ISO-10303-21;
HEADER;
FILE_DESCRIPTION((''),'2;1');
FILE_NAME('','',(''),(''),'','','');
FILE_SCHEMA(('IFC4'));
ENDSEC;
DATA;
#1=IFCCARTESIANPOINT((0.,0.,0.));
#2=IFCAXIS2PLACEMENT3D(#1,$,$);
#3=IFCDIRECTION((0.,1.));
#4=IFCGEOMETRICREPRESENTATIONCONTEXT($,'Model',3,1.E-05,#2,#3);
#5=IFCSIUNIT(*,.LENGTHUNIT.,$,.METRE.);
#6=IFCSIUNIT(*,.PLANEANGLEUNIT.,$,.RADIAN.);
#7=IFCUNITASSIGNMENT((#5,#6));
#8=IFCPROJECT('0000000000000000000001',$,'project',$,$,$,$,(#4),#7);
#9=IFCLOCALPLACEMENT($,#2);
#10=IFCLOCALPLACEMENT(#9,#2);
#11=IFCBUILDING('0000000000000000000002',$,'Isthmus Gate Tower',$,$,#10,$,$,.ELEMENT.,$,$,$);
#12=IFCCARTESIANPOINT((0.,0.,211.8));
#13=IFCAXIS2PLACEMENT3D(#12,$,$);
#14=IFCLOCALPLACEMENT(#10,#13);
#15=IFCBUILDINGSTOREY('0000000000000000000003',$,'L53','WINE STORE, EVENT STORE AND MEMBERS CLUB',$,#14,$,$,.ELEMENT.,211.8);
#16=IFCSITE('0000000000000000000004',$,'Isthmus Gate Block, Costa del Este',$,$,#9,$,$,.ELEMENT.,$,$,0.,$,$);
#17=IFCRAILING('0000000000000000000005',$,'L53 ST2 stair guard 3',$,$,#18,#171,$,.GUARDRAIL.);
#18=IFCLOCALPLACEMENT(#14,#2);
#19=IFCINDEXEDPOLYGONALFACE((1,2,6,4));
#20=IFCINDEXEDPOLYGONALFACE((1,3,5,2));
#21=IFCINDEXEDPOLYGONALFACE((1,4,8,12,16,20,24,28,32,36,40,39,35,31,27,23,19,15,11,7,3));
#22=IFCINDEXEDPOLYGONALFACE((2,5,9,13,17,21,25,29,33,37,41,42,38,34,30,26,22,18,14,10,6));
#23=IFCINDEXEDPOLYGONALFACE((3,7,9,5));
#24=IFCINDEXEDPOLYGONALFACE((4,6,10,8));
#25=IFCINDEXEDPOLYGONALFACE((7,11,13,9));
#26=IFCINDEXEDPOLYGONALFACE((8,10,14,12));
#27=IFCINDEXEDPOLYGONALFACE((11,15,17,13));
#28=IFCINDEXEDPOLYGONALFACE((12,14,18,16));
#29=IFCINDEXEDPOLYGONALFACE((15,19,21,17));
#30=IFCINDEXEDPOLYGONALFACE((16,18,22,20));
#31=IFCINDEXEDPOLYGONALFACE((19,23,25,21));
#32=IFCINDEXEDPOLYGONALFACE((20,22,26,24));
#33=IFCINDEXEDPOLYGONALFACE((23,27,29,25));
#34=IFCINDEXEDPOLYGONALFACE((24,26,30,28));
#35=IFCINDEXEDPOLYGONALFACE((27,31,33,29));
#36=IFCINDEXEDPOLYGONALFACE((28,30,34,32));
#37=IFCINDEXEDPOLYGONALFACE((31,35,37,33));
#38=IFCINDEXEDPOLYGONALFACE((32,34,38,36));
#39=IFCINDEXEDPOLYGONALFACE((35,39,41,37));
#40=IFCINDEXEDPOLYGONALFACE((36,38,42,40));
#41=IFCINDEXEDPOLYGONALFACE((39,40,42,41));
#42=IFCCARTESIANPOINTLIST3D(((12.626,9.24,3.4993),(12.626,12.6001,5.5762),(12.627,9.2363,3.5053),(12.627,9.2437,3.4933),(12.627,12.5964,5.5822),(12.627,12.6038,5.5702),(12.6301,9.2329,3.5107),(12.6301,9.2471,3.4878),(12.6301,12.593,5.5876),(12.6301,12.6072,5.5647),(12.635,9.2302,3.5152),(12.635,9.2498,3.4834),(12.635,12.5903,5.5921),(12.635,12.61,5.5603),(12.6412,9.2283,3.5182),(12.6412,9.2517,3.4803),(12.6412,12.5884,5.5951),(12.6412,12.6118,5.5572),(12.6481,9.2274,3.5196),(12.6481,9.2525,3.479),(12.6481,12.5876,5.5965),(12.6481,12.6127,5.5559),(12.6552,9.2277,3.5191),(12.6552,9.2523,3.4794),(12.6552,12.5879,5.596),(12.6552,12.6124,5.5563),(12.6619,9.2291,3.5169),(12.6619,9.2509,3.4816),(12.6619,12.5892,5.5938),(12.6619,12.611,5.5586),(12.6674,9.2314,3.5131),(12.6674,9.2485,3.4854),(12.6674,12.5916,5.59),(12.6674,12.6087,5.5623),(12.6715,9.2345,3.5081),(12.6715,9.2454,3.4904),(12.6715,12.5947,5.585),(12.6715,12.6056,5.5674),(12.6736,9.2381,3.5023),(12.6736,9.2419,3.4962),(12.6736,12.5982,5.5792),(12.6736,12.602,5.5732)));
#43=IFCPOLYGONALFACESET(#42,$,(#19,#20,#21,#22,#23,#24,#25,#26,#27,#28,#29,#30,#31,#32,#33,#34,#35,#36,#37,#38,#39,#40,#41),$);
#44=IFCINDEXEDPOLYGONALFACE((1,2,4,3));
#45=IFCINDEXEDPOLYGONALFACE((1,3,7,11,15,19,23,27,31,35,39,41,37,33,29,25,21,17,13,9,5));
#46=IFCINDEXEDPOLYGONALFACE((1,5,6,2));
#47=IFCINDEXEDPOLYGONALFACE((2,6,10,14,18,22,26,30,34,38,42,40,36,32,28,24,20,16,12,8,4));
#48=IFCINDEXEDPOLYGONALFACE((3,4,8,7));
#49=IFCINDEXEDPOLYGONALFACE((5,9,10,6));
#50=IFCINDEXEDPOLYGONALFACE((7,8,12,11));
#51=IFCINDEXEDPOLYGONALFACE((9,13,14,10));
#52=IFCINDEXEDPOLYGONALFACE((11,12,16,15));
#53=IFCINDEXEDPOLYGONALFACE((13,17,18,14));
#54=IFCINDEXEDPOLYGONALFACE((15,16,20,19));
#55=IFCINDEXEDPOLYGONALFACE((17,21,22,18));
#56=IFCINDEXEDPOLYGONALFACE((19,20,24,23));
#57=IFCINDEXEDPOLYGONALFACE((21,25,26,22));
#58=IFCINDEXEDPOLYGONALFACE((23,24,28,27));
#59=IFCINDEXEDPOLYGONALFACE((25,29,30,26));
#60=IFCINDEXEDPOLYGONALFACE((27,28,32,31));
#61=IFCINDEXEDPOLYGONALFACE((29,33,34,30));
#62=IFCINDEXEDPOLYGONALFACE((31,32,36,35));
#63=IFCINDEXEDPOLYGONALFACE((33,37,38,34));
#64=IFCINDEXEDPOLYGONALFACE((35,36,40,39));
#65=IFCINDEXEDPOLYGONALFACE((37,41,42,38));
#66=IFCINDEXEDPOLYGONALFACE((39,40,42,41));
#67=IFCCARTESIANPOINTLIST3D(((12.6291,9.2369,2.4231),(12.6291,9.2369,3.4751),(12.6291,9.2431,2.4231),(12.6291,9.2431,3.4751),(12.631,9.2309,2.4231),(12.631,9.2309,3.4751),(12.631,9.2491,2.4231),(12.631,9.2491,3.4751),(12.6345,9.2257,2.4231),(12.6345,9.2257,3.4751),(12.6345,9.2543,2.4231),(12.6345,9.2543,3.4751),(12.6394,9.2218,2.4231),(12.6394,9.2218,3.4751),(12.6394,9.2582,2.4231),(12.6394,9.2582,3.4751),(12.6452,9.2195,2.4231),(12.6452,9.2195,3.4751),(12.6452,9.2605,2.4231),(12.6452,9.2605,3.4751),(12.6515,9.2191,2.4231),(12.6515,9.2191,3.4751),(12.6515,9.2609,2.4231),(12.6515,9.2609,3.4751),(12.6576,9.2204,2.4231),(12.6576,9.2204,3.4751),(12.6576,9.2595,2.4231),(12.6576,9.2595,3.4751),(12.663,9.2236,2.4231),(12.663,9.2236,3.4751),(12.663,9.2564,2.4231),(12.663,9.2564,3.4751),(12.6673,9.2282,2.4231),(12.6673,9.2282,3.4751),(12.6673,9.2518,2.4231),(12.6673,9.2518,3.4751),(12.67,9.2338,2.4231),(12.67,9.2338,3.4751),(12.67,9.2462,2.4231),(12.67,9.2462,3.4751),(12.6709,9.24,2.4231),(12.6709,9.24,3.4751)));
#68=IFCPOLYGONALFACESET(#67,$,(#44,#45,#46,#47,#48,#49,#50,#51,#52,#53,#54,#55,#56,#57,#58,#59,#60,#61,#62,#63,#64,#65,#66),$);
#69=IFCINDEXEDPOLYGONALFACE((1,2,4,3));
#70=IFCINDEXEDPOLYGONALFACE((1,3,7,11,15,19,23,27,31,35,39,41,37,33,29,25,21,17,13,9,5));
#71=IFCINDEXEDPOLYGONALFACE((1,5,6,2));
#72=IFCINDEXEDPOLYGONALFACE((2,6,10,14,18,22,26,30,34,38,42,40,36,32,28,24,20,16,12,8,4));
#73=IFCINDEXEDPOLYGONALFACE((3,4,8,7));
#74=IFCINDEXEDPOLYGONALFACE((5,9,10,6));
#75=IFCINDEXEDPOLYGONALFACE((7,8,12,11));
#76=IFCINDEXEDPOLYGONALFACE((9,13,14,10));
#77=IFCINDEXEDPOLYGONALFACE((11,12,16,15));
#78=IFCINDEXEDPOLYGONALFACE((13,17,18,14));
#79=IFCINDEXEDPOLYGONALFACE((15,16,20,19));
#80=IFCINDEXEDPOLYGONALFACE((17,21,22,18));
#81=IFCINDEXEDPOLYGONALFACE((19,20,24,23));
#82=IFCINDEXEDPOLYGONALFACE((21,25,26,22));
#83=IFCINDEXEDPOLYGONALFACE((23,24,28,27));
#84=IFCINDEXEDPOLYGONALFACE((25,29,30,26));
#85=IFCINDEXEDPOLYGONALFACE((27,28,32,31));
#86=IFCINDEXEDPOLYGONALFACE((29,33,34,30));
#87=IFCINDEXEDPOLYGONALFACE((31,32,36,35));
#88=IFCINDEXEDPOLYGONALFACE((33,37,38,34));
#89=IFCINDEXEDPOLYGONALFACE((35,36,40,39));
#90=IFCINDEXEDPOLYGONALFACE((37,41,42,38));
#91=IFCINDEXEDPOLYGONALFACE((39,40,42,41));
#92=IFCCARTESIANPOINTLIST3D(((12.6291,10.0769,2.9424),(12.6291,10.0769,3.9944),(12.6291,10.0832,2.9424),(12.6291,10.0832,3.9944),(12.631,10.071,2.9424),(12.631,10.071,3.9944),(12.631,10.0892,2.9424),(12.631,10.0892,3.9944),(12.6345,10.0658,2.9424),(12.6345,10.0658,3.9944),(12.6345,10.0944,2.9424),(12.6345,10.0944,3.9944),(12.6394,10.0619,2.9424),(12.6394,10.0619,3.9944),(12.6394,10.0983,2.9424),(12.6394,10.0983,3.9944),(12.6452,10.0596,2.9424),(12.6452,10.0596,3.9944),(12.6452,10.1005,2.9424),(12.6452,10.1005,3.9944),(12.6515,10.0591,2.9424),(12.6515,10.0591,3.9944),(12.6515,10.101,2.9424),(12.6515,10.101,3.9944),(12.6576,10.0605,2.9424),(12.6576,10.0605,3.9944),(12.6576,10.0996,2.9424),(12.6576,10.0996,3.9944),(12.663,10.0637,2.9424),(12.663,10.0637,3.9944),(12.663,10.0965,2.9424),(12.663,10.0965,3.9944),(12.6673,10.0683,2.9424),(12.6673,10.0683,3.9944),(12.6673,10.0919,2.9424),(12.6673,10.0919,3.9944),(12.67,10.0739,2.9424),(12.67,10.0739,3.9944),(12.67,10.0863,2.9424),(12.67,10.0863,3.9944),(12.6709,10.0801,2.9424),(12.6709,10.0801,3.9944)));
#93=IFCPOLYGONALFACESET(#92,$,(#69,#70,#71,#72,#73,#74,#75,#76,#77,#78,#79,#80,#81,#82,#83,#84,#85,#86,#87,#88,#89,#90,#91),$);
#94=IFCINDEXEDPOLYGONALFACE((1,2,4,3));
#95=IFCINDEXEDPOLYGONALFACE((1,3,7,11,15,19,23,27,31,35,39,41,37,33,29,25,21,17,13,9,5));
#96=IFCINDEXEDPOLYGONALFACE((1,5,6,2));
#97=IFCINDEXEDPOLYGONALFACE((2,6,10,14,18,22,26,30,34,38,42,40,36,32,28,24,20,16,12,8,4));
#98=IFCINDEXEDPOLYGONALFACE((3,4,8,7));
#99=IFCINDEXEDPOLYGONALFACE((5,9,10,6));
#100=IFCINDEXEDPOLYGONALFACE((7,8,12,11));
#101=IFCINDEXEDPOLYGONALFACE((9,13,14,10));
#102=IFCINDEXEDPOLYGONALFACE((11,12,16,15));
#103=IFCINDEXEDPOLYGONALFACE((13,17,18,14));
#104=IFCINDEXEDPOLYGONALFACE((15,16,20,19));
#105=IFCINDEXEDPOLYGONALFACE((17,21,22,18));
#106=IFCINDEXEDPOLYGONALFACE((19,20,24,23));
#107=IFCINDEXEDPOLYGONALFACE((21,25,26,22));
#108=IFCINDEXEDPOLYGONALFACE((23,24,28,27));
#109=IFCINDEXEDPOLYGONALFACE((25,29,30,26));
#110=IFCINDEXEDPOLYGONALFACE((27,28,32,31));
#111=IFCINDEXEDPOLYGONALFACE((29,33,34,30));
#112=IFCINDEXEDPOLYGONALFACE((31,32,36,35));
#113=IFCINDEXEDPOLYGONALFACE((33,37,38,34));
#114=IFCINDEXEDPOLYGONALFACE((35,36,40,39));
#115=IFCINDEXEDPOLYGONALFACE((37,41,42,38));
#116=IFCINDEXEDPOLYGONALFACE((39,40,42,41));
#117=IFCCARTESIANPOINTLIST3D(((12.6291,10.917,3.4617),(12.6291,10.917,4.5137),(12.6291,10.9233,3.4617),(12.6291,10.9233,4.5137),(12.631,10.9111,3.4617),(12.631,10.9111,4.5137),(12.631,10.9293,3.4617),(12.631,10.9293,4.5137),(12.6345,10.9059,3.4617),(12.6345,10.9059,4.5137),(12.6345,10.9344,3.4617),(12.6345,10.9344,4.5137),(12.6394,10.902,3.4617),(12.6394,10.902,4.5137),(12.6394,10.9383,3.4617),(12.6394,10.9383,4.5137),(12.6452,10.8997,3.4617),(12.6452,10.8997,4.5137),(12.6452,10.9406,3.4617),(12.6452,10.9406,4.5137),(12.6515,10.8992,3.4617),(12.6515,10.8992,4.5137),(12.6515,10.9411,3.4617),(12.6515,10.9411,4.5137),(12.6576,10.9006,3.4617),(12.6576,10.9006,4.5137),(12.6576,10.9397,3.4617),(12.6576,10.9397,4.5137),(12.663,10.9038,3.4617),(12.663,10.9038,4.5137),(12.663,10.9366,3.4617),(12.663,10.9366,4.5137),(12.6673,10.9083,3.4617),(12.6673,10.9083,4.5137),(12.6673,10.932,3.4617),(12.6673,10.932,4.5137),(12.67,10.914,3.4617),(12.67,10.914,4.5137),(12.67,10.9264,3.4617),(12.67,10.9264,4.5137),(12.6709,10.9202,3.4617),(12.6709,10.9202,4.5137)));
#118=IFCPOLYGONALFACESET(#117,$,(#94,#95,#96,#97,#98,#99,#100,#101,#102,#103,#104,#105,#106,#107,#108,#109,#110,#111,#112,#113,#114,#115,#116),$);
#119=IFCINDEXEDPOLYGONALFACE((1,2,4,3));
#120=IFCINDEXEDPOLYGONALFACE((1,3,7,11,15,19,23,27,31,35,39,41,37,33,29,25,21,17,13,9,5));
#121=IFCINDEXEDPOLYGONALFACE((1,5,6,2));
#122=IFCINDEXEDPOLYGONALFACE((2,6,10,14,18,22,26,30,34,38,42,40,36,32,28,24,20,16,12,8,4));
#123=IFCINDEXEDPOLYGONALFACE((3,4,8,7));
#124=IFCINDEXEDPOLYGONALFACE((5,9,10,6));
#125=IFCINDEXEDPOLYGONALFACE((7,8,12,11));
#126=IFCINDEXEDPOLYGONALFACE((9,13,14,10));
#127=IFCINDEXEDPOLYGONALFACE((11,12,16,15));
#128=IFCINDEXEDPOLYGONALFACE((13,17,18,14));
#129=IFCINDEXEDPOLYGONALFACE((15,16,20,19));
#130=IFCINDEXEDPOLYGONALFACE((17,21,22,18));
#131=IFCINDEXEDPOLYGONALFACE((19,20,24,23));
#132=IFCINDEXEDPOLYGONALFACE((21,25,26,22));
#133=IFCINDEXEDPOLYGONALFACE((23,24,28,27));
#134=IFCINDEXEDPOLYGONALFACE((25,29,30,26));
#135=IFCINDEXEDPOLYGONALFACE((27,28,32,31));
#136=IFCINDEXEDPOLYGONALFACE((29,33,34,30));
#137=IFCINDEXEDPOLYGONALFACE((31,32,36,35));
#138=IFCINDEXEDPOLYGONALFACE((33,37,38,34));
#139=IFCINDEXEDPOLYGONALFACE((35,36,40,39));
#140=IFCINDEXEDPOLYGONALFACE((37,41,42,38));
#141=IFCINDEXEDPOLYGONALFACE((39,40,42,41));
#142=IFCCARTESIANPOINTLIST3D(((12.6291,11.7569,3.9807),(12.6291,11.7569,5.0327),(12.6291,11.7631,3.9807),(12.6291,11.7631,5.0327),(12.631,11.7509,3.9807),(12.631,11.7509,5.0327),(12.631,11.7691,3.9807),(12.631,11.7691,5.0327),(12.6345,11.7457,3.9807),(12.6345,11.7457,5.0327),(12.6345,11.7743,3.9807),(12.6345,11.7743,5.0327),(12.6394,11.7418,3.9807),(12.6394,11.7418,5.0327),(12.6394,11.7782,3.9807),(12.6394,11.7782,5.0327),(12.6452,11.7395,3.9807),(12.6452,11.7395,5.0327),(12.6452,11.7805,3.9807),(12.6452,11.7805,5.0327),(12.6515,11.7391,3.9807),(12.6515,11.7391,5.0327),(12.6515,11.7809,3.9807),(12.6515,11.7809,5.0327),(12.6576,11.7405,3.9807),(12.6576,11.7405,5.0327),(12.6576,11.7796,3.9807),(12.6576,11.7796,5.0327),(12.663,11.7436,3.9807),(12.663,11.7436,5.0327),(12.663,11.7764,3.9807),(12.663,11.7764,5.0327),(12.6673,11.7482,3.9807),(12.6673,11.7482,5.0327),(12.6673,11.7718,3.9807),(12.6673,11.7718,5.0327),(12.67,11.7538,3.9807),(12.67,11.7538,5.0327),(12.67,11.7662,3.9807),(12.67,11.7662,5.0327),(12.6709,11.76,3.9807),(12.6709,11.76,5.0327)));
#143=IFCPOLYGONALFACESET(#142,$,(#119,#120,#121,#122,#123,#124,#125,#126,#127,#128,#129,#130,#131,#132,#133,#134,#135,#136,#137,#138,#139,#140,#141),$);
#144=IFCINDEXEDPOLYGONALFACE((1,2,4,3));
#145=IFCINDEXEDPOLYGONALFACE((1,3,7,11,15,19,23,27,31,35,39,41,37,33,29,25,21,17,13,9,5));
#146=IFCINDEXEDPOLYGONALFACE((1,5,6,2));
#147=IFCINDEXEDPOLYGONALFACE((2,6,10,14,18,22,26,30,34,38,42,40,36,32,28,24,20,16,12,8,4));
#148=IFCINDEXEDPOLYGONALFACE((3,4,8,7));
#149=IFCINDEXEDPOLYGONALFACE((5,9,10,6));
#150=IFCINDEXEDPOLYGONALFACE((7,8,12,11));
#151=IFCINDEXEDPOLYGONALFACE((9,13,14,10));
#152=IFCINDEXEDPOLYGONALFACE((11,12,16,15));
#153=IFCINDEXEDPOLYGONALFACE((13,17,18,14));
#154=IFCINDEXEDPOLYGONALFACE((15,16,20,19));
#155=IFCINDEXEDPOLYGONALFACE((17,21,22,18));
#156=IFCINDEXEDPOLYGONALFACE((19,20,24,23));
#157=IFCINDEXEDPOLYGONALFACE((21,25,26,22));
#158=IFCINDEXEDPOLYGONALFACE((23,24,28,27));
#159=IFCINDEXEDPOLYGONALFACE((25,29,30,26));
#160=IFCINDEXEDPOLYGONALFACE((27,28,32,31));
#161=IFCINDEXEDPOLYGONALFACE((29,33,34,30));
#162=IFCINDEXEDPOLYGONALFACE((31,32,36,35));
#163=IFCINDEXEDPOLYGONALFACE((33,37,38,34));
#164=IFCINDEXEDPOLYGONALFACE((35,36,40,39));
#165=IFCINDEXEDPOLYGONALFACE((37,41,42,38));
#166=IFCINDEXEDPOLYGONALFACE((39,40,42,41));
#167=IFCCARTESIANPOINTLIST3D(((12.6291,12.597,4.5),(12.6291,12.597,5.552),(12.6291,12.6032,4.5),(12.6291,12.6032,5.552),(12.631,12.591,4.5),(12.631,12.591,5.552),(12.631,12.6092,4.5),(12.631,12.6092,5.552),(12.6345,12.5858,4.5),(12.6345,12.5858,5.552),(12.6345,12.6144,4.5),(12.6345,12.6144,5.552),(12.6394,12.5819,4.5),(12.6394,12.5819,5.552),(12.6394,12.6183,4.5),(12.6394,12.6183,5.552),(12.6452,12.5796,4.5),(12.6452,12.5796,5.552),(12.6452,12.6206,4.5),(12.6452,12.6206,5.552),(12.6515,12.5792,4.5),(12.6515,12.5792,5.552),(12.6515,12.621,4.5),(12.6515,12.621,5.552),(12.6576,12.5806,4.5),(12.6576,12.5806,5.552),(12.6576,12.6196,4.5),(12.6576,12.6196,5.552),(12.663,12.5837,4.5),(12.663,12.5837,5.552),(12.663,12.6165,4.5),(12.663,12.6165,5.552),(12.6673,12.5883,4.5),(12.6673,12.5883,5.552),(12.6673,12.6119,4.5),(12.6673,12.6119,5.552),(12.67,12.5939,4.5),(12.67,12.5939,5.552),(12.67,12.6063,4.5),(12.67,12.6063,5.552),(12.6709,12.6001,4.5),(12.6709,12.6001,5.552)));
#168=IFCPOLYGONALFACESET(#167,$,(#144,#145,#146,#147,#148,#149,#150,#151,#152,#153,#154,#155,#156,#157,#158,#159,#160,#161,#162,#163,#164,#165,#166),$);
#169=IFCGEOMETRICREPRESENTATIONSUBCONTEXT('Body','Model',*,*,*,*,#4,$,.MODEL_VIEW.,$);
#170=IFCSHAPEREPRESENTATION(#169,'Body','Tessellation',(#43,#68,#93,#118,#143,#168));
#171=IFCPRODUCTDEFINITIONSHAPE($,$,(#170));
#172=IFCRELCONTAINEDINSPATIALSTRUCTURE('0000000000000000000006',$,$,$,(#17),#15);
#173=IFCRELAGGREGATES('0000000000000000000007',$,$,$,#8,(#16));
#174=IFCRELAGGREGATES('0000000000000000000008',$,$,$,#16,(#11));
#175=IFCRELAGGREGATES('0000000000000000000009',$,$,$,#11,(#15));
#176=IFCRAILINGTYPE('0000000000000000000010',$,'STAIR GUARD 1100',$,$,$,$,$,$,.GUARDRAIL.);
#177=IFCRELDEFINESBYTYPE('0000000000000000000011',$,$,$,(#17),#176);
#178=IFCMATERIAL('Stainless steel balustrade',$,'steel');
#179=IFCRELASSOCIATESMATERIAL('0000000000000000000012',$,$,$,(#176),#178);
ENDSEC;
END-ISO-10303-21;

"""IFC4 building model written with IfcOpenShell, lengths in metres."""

from ifc_helpers import new_model, si_unit, direction, frame, origin, origin_2d, place, context, subcontext, project, spatial, circle, extrude, material, type_object, element, save


model = new_model("IFC4")

# Units and contexts
model_context = context("Model", 3, precision=1e-05, world=origin(), true_north=direction((0.0, 1.0)))
body_context = subcontext(model_context, "Body", "Model", "MODEL_VIEW")
ifc_project = project(units=[si_unit("LENGTHUNIT", "METRE"), si_unit("PLANEANGLEUNIT", "RADIAN")], contexts=[model_context])

# Site, building, storey
site_placement = place(None, origin())
site = spatial("IfcSite", under=ifc_project, at=site_placement, Name="Isthmus Gate Block, Costa del Este", CompositionType="ELEMENT", RefElevation=0.0)
building_placement = place(site_placement, origin())
building = spatial("IfcBuilding", under=site, at=building_placement, Name="Isthmus Gate Tower", CompositionType="ELEMENT")
storey_placement = place(building_placement, frame((0.0, 0.0, 211.8)))
storey = spatial("IfcBuildingStorey", under=building, at=storey_placement, Name="L53", Description="WINE STORE, EVENT STORE AND MEMBERS CLUB", CompositionType="ELEMENT", Elevation=211.8)

# Railing
ifc_material_1 = material(Name="Stainless steel balustrade", Category="steel")
railing_type_1 = type_object("IfcRailingType", Name="STAIR GUARD 1100", PredefinedType="GUARDRAIL", material=ifc_material_1)
for number, where, name in (
    (1, (12.6499, 9.24, 2.4231), "L53 ST2 stair guard 3"),
):
    element("IfcRailing", number, at=place(storey_placement, frame(where)), inside=storey, type_object=railing_type_1, Name=name, PredefinedType="GUARDRAIL", context=body_context, shape_type="SweptSolid", body=[
        extrude(circle(Radius=0.0239, at=origin_2d()), frame((0.0, 0.0, 1.0762), z_axis=(0.0, 0.850623, 0.525776), x_axis=(-1.0, 0.0, 0.0)), (0.0, 0.0, 1.0), 3.9502),
        extrude(circle(Radius=0.021, at=origin_2d()), origin(), (0.0, 0.0, 1.0), 1.052),
        extrude(circle(Radius=0.021, at=origin_2d()), frame((0.0, 0.8401, 0.5193)), (0.0, 0.0, 1.0), 1.052),
        extrude(circle(Radius=0.021, at=origin_2d()), frame((0.0, 1.6802, 1.0386)), (0.0, 0.0, 1.0), 1.052),
        extrude(circle(Radius=0.021, at=origin_2d()), frame((0.0, 2.52, 1.5576)), (0.0, 0.0, 1.0), 1.052),
        extrude(circle(Radius=0.021, at=origin_2d()), frame((0.0, 3.3601, 2.0769)), (0.0, 0.0, 1.0), 1.052),
    ])

save(model, "model.ifc")
